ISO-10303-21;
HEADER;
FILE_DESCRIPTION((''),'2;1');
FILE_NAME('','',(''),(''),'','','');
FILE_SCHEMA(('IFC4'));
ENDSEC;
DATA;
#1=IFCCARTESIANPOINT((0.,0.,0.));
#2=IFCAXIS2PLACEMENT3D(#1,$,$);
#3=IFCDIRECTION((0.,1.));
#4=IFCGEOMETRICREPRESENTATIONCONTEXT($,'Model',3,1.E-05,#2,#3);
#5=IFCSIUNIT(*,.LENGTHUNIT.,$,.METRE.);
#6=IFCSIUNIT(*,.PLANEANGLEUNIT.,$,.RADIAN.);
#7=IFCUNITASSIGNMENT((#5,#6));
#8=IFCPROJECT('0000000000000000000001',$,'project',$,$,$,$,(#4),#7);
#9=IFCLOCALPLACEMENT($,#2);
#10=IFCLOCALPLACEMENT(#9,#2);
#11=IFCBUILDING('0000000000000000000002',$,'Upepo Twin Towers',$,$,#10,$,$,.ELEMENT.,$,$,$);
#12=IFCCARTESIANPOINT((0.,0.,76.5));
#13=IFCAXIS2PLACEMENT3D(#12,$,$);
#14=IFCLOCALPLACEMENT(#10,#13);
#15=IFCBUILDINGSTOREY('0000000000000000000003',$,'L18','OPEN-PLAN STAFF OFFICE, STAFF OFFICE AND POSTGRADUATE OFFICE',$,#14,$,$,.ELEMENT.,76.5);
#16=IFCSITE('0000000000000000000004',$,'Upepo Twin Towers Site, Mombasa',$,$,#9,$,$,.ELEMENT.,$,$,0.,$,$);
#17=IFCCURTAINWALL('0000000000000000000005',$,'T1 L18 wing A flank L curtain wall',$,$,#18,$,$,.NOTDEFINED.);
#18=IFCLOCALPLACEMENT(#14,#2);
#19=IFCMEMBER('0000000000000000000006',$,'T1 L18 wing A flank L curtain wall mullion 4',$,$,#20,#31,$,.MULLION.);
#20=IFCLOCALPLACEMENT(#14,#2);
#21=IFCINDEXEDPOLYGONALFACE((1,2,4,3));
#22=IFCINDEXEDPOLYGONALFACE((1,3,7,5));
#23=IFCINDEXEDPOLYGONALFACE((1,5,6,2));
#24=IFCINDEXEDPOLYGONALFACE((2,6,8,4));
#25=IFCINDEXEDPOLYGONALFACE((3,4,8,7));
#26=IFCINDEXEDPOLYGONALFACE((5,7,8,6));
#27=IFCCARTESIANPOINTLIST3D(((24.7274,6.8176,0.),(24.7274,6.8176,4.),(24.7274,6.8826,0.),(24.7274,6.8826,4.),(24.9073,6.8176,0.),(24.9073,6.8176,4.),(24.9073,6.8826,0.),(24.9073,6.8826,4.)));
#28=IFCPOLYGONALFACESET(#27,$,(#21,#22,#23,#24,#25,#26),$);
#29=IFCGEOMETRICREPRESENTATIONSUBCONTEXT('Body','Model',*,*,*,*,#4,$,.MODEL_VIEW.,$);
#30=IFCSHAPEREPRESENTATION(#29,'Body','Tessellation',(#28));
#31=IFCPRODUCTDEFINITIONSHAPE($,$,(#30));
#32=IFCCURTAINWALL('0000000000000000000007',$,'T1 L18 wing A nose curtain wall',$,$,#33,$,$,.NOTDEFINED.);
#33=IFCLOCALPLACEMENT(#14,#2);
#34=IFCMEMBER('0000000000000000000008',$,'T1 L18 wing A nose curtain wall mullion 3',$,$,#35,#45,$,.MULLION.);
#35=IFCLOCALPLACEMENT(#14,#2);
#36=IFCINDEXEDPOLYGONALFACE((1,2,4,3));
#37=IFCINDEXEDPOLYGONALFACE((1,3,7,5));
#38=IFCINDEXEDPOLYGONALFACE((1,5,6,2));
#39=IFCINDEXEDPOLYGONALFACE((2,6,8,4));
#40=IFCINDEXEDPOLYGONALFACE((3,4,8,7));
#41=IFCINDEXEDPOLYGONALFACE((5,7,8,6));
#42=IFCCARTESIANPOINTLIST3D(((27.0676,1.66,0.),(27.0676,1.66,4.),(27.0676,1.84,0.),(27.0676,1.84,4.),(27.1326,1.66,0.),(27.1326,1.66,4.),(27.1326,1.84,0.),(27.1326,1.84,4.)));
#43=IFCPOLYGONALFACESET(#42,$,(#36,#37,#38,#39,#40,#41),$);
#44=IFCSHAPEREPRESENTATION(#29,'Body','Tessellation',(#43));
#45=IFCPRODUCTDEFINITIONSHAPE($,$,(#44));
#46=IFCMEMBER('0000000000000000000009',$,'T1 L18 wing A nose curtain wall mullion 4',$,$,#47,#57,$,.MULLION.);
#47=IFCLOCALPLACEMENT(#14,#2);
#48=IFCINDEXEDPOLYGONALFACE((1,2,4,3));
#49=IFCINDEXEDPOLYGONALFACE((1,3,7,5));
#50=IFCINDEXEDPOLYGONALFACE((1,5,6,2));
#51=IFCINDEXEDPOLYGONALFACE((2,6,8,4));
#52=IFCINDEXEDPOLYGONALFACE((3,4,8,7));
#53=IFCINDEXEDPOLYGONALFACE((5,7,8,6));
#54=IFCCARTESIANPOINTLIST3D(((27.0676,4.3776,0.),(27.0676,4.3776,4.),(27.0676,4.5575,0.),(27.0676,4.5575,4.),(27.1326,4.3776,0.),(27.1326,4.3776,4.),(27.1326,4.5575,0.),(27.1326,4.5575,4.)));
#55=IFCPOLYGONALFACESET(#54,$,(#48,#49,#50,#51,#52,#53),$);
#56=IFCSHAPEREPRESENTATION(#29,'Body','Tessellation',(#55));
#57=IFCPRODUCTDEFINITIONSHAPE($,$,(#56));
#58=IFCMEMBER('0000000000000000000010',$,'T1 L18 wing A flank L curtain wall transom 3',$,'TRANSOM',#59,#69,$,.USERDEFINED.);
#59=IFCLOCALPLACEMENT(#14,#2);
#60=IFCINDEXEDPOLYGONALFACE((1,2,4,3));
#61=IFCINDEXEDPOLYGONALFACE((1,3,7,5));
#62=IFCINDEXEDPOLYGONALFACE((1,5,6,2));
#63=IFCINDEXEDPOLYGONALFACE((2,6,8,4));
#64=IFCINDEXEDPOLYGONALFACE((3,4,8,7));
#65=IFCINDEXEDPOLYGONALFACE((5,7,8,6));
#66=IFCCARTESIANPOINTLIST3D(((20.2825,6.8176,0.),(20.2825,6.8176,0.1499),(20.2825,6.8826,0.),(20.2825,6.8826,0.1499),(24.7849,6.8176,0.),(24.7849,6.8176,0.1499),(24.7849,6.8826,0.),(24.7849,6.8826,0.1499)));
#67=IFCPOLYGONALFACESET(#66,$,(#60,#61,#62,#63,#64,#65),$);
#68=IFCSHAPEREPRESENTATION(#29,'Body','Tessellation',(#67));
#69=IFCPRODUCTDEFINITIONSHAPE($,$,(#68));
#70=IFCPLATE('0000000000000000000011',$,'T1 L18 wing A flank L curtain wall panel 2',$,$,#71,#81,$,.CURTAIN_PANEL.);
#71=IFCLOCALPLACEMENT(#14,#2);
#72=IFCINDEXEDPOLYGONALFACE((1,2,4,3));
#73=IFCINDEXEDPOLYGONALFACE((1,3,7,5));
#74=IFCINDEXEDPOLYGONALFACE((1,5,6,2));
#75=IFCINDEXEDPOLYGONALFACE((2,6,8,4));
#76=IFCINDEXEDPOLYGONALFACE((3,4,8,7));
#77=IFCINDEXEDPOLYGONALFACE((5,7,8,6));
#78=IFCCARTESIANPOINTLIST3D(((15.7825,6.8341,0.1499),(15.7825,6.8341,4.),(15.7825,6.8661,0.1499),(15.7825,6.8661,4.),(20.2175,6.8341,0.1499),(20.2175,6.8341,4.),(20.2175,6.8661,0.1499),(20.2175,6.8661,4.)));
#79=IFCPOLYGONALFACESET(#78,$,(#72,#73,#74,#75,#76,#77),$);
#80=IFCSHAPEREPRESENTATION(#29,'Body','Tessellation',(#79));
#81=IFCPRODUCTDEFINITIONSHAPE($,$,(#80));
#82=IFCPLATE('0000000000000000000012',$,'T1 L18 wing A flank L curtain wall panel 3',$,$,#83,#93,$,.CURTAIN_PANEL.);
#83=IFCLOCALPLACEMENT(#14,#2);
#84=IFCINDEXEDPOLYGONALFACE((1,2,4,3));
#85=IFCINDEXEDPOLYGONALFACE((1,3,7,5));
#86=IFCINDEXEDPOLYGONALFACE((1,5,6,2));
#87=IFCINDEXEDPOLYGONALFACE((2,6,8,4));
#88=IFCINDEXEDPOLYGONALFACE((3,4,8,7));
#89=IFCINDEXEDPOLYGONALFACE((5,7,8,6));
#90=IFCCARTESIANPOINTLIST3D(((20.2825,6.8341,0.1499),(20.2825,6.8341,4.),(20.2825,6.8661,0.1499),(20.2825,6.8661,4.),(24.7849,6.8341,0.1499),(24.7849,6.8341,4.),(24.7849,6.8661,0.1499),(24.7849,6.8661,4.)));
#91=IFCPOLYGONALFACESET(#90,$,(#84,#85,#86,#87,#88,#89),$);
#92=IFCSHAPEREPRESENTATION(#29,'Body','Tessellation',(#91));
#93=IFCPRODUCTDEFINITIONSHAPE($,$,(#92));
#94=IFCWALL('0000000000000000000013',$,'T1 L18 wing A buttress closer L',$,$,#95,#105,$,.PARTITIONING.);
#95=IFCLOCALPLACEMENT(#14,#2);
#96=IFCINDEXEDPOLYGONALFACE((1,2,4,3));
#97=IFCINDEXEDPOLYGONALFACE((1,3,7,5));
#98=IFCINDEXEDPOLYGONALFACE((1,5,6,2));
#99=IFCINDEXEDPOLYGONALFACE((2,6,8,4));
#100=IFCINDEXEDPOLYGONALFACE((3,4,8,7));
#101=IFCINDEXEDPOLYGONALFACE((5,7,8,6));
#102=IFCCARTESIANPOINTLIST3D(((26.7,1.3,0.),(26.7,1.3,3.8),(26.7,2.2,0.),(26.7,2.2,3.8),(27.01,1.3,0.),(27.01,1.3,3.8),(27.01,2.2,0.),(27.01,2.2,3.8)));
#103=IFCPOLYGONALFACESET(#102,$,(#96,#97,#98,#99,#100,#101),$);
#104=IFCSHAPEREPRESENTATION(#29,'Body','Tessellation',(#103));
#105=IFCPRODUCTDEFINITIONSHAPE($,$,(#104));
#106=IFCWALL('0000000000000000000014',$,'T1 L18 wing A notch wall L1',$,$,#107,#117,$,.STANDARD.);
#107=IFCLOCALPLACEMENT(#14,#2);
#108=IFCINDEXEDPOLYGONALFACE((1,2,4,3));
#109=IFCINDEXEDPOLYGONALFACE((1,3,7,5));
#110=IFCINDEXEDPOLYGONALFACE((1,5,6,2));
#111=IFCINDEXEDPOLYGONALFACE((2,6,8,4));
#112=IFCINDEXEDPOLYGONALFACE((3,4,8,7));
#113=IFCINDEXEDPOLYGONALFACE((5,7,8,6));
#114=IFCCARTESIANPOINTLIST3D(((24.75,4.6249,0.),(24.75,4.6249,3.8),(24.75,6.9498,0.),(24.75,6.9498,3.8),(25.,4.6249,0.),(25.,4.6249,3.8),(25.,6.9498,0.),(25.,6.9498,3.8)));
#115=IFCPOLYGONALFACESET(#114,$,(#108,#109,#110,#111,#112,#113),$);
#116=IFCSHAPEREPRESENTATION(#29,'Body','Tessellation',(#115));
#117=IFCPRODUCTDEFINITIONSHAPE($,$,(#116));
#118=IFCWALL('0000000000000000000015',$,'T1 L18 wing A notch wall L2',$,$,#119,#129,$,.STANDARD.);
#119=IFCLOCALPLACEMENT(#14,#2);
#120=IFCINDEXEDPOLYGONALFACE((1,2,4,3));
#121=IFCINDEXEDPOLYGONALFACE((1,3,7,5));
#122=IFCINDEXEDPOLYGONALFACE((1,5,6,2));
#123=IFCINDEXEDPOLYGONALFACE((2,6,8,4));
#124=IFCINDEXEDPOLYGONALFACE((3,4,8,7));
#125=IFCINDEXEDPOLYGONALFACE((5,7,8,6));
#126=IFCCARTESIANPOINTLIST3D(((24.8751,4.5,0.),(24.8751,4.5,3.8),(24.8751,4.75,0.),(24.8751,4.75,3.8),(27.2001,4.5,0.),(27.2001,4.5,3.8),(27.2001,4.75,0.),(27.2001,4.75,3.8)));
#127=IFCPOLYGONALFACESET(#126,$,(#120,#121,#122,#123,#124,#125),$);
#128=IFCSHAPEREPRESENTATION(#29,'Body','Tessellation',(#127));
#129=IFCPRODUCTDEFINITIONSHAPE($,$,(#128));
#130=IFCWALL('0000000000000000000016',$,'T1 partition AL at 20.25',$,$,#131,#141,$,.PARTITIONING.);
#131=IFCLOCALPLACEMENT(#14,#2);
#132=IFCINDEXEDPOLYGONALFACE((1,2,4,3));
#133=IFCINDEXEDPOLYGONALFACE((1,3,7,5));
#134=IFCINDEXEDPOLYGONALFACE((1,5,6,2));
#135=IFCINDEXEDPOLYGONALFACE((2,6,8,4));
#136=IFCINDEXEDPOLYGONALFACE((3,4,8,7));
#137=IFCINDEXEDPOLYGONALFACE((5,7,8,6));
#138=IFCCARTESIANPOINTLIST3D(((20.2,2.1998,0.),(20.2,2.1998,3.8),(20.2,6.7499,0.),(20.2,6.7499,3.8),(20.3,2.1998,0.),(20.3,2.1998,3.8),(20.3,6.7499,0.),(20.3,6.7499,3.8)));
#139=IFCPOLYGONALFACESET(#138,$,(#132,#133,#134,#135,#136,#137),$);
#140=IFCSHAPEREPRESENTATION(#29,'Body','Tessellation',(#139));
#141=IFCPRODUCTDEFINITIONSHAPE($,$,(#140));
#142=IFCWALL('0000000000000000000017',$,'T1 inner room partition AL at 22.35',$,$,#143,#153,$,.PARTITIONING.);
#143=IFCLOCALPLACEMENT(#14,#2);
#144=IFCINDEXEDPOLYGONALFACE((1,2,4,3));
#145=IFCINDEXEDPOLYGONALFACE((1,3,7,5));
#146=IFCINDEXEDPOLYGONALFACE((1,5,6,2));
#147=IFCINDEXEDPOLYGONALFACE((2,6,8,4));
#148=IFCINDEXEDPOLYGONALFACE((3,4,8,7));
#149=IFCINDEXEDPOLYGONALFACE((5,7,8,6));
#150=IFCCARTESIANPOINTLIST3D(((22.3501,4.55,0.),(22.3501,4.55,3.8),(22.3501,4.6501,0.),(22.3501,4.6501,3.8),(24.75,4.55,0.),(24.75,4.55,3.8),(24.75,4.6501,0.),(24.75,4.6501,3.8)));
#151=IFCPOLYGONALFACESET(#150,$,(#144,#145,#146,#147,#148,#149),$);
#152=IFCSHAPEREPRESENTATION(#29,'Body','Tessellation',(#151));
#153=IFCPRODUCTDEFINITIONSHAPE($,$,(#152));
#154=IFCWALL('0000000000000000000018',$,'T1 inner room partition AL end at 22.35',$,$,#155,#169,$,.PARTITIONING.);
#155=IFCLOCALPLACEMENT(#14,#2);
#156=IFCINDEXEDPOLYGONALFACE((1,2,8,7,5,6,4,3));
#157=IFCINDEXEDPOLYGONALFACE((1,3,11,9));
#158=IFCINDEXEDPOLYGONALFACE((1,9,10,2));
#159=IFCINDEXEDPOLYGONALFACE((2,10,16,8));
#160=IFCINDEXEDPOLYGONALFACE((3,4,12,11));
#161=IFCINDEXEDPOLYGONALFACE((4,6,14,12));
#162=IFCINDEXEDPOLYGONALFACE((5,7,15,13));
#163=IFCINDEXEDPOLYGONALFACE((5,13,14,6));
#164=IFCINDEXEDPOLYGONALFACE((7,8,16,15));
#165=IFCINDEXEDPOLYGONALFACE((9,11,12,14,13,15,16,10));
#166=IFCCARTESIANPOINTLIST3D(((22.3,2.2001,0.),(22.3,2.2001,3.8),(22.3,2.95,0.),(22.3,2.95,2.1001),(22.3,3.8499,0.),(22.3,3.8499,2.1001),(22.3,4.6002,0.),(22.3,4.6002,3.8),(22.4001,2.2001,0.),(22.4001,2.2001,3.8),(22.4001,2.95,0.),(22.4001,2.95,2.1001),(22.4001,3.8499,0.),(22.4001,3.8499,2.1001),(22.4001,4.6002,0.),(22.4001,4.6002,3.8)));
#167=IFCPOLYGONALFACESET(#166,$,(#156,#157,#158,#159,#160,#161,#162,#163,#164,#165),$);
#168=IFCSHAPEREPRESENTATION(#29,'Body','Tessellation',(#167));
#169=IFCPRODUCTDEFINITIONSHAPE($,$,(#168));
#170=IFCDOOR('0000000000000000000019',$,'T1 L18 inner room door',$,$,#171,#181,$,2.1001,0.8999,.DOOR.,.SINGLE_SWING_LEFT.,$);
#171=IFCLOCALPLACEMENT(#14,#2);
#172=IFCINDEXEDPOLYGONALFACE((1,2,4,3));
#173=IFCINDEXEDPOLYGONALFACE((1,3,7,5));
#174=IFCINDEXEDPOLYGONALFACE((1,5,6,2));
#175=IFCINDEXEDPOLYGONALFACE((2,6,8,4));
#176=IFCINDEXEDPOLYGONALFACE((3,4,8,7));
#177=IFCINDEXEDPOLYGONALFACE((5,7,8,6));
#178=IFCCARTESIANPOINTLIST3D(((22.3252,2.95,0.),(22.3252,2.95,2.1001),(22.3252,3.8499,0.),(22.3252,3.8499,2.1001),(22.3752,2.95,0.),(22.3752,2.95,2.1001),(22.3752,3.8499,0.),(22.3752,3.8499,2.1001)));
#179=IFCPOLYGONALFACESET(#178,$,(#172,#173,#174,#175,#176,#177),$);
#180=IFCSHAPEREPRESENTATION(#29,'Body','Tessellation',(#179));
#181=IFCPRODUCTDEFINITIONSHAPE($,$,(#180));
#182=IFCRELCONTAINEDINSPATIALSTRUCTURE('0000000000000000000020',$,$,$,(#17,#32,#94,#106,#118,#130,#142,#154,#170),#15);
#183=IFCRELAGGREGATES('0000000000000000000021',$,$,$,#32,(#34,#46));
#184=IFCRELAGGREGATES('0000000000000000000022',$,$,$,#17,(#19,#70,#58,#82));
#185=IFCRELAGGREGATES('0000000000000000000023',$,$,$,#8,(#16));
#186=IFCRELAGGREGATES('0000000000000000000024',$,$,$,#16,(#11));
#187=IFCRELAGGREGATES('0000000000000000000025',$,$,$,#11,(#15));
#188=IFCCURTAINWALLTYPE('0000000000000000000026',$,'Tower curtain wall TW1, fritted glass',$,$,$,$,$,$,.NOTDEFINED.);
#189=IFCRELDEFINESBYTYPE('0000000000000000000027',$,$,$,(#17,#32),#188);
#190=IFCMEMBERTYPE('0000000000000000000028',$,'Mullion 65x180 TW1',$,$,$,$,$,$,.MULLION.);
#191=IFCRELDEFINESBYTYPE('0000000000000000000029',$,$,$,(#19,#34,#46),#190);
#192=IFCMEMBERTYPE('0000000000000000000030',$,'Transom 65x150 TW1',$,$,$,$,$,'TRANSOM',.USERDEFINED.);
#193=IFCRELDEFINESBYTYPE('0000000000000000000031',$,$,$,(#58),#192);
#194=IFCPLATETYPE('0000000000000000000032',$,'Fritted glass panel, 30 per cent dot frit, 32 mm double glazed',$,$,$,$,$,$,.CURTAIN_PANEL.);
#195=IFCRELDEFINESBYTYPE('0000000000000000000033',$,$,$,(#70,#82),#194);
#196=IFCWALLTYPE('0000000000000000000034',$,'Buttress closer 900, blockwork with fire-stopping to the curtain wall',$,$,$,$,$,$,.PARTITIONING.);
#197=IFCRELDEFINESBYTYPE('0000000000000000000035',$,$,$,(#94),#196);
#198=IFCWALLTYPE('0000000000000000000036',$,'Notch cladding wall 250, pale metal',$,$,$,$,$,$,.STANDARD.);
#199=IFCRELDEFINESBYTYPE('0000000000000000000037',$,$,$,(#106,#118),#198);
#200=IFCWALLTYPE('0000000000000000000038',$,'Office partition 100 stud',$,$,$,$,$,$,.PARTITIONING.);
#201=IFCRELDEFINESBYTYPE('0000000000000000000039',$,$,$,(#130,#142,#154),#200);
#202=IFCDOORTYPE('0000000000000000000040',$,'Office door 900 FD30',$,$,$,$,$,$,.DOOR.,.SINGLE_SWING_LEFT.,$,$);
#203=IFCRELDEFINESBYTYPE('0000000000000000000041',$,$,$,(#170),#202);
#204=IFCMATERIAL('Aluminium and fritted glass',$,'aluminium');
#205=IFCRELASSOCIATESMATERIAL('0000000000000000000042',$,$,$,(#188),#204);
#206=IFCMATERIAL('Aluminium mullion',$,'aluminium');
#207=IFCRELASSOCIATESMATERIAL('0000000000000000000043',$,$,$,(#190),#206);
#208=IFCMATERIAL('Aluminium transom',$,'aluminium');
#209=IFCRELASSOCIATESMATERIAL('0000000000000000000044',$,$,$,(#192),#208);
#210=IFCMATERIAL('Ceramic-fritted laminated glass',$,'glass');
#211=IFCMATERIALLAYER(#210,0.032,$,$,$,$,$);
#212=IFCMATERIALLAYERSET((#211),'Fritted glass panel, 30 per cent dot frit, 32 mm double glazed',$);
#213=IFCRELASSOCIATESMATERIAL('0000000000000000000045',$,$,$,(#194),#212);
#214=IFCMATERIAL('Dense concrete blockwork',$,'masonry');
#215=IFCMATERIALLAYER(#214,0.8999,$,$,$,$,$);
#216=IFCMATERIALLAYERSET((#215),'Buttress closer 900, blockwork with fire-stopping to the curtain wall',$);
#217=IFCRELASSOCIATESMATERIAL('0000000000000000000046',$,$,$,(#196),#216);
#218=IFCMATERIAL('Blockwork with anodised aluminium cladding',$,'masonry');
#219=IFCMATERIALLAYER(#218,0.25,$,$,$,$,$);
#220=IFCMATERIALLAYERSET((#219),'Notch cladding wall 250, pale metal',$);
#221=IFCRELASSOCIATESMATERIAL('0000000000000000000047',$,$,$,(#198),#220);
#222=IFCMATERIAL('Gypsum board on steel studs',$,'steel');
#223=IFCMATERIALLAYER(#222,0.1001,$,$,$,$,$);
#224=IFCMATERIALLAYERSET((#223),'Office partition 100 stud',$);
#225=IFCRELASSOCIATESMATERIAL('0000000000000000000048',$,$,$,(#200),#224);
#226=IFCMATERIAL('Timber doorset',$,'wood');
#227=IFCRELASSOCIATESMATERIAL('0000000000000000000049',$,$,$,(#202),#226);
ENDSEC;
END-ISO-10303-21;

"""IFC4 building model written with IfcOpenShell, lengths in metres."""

from ifc_helpers import new_model, si_unit, direction, frame, frame_2d, origin, origin_2d, place, context, subcontext, project, spatial, rectangle, extrude, material, layer, layer_set, material_profile, profile_set, type_object, element, fill, aggregate, save


model = new_model("IFC4")

# Units and contexts
model_context = context("Model", 3, precision=1e-05, world=origin(), true_north=direction((0.0, 1.0)))
body_context = subcontext(model_context, "Body", "Model", "MODEL_VIEW")
ifc_project = project(units=[si_unit("LENGTHUNIT", "METRE"), si_unit("PLANEANGLEUNIT", "RADIAN")], contexts=[model_context])

# Site, building, storey
site_placement = place(None, origin())
site = spatial("IfcSite", under=ifc_project, at=site_placement, Name="Upepo Twin Towers Site, Mombasa", CompositionType="ELEMENT", RefElevation=0.0)
building_placement = place(site_placement, origin())
building = spatial("IfcBuilding", under=site, at=building_placement, Name="Upepo Twin Towers", CompositionType="ELEMENT")
storey_placement = place(building_placement, frame((0.0, 0.0, 76.5)))
storey = spatial("IfcBuildingStorey", under=building, at=storey_placement, Name="L18", Description="OPEN-PLAN STAFF OFFICE, STAFF OFFICE AND POSTGRADUATE OFFICE", CompositionType="ELEMENT", Elevation=76.5)

# Curtain walls, members
ifc_material_1 = material(Name="Aluminium and fritted glass", Category="aluminium")
curtain_wall_type = type_object("IfcCurtainWallType", Name="Tower curtain wall TW1, fritted glass", PredefinedType="NOTDEFINED", material=ifc_material_1)
curtain_wall_1_placement = place(storey_placement, origin())
curtain_wall_1 = element("IfcCurtainWall", 1, at=curtain_wall_1_placement, inside=storey, type_object=curtain_wall_type, Name="T1 L18 wing A flank L curtain wall", PredefinedType="NOTDEFINED")
ifc_material_2 = material(Name="Aluminium mullion", Category="aluminium")
ifc_material_profile_1 = material_profile(ifc_material_2, rectangle(XDim=0.0649, YDim=0.1799, at=origin_2d()), Name="MULLION 65x180")
ifc_profile_set_1 = profile_set([ifc_material_profile_1], Name="Aluminium mullion")
member_type_1 = type_object("IfcMemberType", Name="Mullion 65x180 TW1", PredefinedType="MULLION", material=ifc_profile_set_1)
member_1_placement = place(storey_placement, frame((24.8174, 6.8501, 0.0), z_axis=(0.0, 0.0, 1.0), x_axis=(0.0, 1.0, 0.0)))
member_1 = element("IfcMember", 2, at=member_1_placement, type_object=member_type_1, Name="T1 L18 wing A flank L curtain wall mullion 4", PredefinedType="MULLION", context=body_context, shape_type="SweptSolid", body=[
    extrude(rectangle(XDim=0.0649, YDim=0.1799, at=origin_2d()), origin(), (0.0, 0.0, 1.0), 4.0),
])
curtain_wall_2_placement = place(storey_placement, origin())
curtain_wall_2 = element("IfcCurtainWall", 3, at=curtain_wall_2_placement, inside=storey, type_object=curtain_wall_type, Name="T1 L18 wing A nose curtain wall", PredefinedType="NOTDEFINED")
member_2_placement = place(storey_placement, frame((27.1001, 1.75, 0.0), z_axis=(0.0, 0.0, 1.0), x_axis=(-1.0, 0.0, 0.0)))
member_2 = element("IfcMember", 4, at=member_2_placement, type_object=member_type_1, Name="T1 L18 wing A nose curtain wall mullion 3", PredefinedType="MULLION", context=body_context, shape_type="SweptSolid", body=[
    extrude(rectangle(XDim=0.0649, YDim=0.1799, at=origin_2d()), origin(), (0.0, 0.0, 1.0), 4.0),
])
member_3_placement = place(storey_placement, frame((27.1001, 4.4675, 0.0), z_axis=(0.0, 0.0, 1.0), x_axis=(-1.0, 0.0, 0.0)))
member_3 = element("IfcMember", 5, at=member_3_placement, type_object=member_type_1, Name="T1 L18 wing A nose curtain wall mullion 4", PredefinedType="MULLION", context=body_context, shape_type="SweptSolid", body=[
    extrude(rectangle(XDim=0.0649, YDim=0.1799, at=origin_2d()), origin(), (0.0, 0.0, 1.0), 4.0),
])
aggregate(curtain_wall_2, [member_2, member_3])

# Member
ifc_material_3 = material(Name="Aluminium transom", Category="aluminium")
ifc_material_profile_2 = material_profile(ifc_material_3, rectangle(XDim=0.0649, YDim=0.1499, at=origin_2d()), Name="TRANSOM 65x150")
ifc_profile_set_2 = profile_set([ifc_material_profile_2], Name="Aluminium transom")
member_type_2 = type_object("IfcMemberType", Name="Transom 65x150 TW1", ElementType="TRANSOM", PredefinedType="USERDEFINED", material=ifc_profile_set_2)
member_4_placement = place(storey_placement, frame((20.2825, 6.8501, 0.075), z_axis=(1.0, 0.0, 0.0), x_axis=(0.0, 1.0, 0.0)))
member_4 = element("IfcMember", 6, at=member_4_placement, type_object=member_type_2, Name="T1 L18 wing A flank L curtain wall transom 3", ObjectType="TRANSOM", PredefinedType="USERDEFINED", context=body_context, shape_type="SweptSolid", body=[
    extrude(rectangle(XDim=0.0649, YDim=0.1499, at=origin_2d()), origin(), (0.0, 0.0, 1.0), 4.5024),
])

# Plates
ifc_material_4 = material(Name="Ceramic-fritted laminated glass", Category="glass")
ifc_layer_1 = layer(ifc_material_4, 0.032)
ifc_layer_set_1 = layer_set([ifc_layer_1], Name="Fritted glass panel, 30 per cent dot frit, 32 mm double glazed")
plate_type = type_object("IfcPlateType", Name="Fritted glass panel, 30 per cent dot frit, 32 mm double glazed", PredefinedType="CURTAIN_PANEL", material=ifc_layer_set_1)
plate_1_placement = place(storey_placement, frame((18.0, 6.8501, 0.1499), z_axis=(0.0, 0.0, 1.0), x_axis=(1.0, 0.0, 0.0)))
plate_1 = element("IfcPlate", 7, at=plate_1_placement, type_object=plate_type, Name="T1 L18 wing A flank L curtain wall panel 2", PredefinedType="CURTAIN_PANEL", context=body_context, shape_type="SweptSolid", body=[
    extrude(rectangle(XDim=4.4351, YDim=0.032, at=origin_2d()), origin(), (0.0, 0.0, 1.0), 3.8501),
])
plate_2_placement = place(storey_placement, frame((22.5337, 6.8501, 0.1499), z_axis=(0.0, 0.0, 1.0), x_axis=(1.0, 0.0, 0.0)))
plate_2 = element("IfcPlate", 8, at=plate_2_placement, type_object=plate_type, Name="T1 L18 wing A flank L curtain wall panel 3", PredefinedType="CURTAIN_PANEL", context=body_context, shape_type="SweptSolid", body=[
    extrude(rectangle(XDim=4.5024, YDim=0.032, at=origin_2d()), origin(), (0.0, 0.0, 1.0), 3.8501),
])
aggregate(curtain_wall_1, [member_1, plate_1, member_4, plate_2])

# Walls
ifc_material_5 = material(Name="Dense concrete blockwork", Category="masonry")
ifc_layer_2 = layer(ifc_material_5, 0.8999)
ifc_layer_set_2 = layer_set([ifc_layer_2], Name="Buttress closer 900, blockwork with fire-stopping to the curtain wall")
wall_type_1 = type_object("IfcWallType", Name="Buttress closer 900, blockwork with fire-stopping to the curtain wall", PredefinedType="PARTITIONING", material=ifc_layer_set_2)
wall_1_placement = place(storey_placement, frame((26.7, 1.75, 0.0), z_axis=(0.0, 0.0, 1.0), x_axis=(1.0, 0.0, 0.0)))
element("IfcWall", 9, at=wall_1_placement, inside=storey, type_object=wall_type_1, Name="T1 L18 wing A buttress closer L", PredefinedType="PARTITIONING", context=body_context, shape_type="SweptSolid", body=[
    extrude(rectangle(XDim=0.3101, YDim=0.8999, at=frame_2d((0.155, 0.0))), origin(), (0.0, 0.0, 1.0), 3.8),
])
ifc_material_6 = material(Name="Blockwork with anodised aluminium cladding", Category="masonry")
ifc_layer_3 = layer(ifc_material_6, 0.25)
ifc_layer_set_3 = layer_set([ifc_layer_3], Name="Notch cladding wall 250, pale metal")
wall_type_2 = type_object("IfcWallType", Name="Notch cladding wall 250, pale metal", PredefinedType="STANDARD", material=ifc_layer_set_3)
for number, where, z_axis, x_axis, name in (
    (10, (24.875, 6.95, 0.0), (0.0, 0.0, 1.0), (0.0, -1.0, 0.0), "T1 L18 wing A notch wall L1"),
    (11, (24.875, 4.625, 0.0), (0.0, 0.0, 1.0), (1.0, 0.0, 0.0), "T1 L18 wing A notch wall L2"),
):
    element("IfcWall", number, at=place(storey_placement, frame(where, z_axis=z_axis, x_axis=x_axis)), inside=storey, type_object=wall_type_2, Name=name, PredefinedType="STANDARD", context=body_context, shape_type="SweptSolid", body=[
        extrude(rectangle(XDim=2.325, YDim=0.25, at=frame_2d((1.1626, 0.0))), origin(), (0.0, 0.0, 1.0), 3.8),
    ])
ifc_material_7 = material(Name="Gypsum board on steel studs", Category="steel")
ifc_layer_4 = layer(ifc_material_7, 0.1001)
ifc_layer_set_4 = layer_set([ifc_layer_4], Name="Office partition 100 stud")
wall_type_3 = type_object("IfcWallType", Name="Office partition 100 stud", PredefinedType="PARTITIONING", material=ifc_layer_set_4)
wall_2_placement = place(storey_placement, frame((20.25, 2.2, 0.0), z_axis=(0.0, 0.0, 1.0), x_axis=(0.0, 1.0, 0.0)))
element("IfcWall", 12, at=wall_2_placement, inside=storey, type_object=wall_type_3, Name="T1 partition AL at 20.25", PredefinedType="PARTITIONING", context=body_context, shape_type="SweptSolid", body=[
    extrude(rectangle(XDim=4.55, YDim=0.1001, at=frame_2d((2.2749, 0.0))), origin(), (0.0, 0.0, 1.0), 3.8),
])
wall_3_placement = place(storey_placement, frame((22.3501, 4.6001, 0.0), z_axis=(0.0, 0.0, 1.0), x_axis=(1.0, 0.0, 0.0)))
element("IfcWall", 13, at=wall_3_placement, inside=storey, type_object=wall_type_3, Name="T1 inner room partition AL at 22.35", PredefinedType="PARTITIONING", context=body_context, shape_type="SweptSolid", body=[
    extrude(rectangle(XDim=2.3999, YDim=0.1001, at=frame_2d((1.2, 0.0))), origin(), (0.0, 0.0, 1.0), 3.8),
])

# Wall, opening, door
wall_4_placement = place(storey_placement, frame((22.3501, 2.2, 0.0), z_axis=(0.0, 0.0, 1.0), x_axis=(0.0, 1.0, 0.0)))
wall_4 = element("IfcWall", 14, at=wall_4_placement, inside=storey, type_object=wall_type_3, Name="T1 inner room partition AL end at 22.35", PredefinedType="PARTITIONING", context=body_context, shape_type="SweptSolid", body=[
    extrude(rectangle(XDim=2.4001, YDim=0.1001, at=frame_2d((1.2002, 0.0))), origin(), (0.0, 0.0, 1.0), 3.8),
])
opening_placement = place(wall_4_placement, frame((0.75, 0.0, 0.0)))
opening = element("IfcOpeningElement", 15, at=opening_placement, cuts=wall_4, PredefinedType="OPENING", context=body_context, shape_type="SweptSolid", body=[
    extrude(rectangle(XDim=0.8999, YDim=2.1001, at=frame_2d((0.45, 1.05))), frame((0.0, 0.0601, 0.0), z_axis=(0.0, -1.0, 0.0), x_axis=(1.0, 0.0, 0.0)), (0.0, 0.0, 1.0), 0.1201),
])
ifc_material_8 = material(Name="Timber doorset", Category="wood")
door_type = type_object("IfcDoorType", Name="Office door 900 FD30", OperationType="SINGLE_SWING_LEFT", PredefinedType="DOOR", material=ifc_material_8)
door_placement = place(opening_placement, origin())
door = element("IfcDoor", 16, at=door_placement, inside=storey, type_object=door_type, Name="T1 L18 inner room door", OperationType="SINGLE_SWING_LEFT", OverallHeight=2.1001, OverallWidth=0.8999, PredefinedType="DOOR", context=body_context, shape_type="SweptSolid", body=[
    extrude(rectangle(XDim=0.8999, YDim=2.1001, at=frame_2d((0.45, 1.05))), frame((0.0, 0.0249, 0.0), z_axis=(0.0, -1.0, 0.0), x_axis=(1.0, 0.0, 0.0)), (0.0, 0.0, 1.0), 0.05),
])
fill(opening, door)

save(model, "model.ifc")
